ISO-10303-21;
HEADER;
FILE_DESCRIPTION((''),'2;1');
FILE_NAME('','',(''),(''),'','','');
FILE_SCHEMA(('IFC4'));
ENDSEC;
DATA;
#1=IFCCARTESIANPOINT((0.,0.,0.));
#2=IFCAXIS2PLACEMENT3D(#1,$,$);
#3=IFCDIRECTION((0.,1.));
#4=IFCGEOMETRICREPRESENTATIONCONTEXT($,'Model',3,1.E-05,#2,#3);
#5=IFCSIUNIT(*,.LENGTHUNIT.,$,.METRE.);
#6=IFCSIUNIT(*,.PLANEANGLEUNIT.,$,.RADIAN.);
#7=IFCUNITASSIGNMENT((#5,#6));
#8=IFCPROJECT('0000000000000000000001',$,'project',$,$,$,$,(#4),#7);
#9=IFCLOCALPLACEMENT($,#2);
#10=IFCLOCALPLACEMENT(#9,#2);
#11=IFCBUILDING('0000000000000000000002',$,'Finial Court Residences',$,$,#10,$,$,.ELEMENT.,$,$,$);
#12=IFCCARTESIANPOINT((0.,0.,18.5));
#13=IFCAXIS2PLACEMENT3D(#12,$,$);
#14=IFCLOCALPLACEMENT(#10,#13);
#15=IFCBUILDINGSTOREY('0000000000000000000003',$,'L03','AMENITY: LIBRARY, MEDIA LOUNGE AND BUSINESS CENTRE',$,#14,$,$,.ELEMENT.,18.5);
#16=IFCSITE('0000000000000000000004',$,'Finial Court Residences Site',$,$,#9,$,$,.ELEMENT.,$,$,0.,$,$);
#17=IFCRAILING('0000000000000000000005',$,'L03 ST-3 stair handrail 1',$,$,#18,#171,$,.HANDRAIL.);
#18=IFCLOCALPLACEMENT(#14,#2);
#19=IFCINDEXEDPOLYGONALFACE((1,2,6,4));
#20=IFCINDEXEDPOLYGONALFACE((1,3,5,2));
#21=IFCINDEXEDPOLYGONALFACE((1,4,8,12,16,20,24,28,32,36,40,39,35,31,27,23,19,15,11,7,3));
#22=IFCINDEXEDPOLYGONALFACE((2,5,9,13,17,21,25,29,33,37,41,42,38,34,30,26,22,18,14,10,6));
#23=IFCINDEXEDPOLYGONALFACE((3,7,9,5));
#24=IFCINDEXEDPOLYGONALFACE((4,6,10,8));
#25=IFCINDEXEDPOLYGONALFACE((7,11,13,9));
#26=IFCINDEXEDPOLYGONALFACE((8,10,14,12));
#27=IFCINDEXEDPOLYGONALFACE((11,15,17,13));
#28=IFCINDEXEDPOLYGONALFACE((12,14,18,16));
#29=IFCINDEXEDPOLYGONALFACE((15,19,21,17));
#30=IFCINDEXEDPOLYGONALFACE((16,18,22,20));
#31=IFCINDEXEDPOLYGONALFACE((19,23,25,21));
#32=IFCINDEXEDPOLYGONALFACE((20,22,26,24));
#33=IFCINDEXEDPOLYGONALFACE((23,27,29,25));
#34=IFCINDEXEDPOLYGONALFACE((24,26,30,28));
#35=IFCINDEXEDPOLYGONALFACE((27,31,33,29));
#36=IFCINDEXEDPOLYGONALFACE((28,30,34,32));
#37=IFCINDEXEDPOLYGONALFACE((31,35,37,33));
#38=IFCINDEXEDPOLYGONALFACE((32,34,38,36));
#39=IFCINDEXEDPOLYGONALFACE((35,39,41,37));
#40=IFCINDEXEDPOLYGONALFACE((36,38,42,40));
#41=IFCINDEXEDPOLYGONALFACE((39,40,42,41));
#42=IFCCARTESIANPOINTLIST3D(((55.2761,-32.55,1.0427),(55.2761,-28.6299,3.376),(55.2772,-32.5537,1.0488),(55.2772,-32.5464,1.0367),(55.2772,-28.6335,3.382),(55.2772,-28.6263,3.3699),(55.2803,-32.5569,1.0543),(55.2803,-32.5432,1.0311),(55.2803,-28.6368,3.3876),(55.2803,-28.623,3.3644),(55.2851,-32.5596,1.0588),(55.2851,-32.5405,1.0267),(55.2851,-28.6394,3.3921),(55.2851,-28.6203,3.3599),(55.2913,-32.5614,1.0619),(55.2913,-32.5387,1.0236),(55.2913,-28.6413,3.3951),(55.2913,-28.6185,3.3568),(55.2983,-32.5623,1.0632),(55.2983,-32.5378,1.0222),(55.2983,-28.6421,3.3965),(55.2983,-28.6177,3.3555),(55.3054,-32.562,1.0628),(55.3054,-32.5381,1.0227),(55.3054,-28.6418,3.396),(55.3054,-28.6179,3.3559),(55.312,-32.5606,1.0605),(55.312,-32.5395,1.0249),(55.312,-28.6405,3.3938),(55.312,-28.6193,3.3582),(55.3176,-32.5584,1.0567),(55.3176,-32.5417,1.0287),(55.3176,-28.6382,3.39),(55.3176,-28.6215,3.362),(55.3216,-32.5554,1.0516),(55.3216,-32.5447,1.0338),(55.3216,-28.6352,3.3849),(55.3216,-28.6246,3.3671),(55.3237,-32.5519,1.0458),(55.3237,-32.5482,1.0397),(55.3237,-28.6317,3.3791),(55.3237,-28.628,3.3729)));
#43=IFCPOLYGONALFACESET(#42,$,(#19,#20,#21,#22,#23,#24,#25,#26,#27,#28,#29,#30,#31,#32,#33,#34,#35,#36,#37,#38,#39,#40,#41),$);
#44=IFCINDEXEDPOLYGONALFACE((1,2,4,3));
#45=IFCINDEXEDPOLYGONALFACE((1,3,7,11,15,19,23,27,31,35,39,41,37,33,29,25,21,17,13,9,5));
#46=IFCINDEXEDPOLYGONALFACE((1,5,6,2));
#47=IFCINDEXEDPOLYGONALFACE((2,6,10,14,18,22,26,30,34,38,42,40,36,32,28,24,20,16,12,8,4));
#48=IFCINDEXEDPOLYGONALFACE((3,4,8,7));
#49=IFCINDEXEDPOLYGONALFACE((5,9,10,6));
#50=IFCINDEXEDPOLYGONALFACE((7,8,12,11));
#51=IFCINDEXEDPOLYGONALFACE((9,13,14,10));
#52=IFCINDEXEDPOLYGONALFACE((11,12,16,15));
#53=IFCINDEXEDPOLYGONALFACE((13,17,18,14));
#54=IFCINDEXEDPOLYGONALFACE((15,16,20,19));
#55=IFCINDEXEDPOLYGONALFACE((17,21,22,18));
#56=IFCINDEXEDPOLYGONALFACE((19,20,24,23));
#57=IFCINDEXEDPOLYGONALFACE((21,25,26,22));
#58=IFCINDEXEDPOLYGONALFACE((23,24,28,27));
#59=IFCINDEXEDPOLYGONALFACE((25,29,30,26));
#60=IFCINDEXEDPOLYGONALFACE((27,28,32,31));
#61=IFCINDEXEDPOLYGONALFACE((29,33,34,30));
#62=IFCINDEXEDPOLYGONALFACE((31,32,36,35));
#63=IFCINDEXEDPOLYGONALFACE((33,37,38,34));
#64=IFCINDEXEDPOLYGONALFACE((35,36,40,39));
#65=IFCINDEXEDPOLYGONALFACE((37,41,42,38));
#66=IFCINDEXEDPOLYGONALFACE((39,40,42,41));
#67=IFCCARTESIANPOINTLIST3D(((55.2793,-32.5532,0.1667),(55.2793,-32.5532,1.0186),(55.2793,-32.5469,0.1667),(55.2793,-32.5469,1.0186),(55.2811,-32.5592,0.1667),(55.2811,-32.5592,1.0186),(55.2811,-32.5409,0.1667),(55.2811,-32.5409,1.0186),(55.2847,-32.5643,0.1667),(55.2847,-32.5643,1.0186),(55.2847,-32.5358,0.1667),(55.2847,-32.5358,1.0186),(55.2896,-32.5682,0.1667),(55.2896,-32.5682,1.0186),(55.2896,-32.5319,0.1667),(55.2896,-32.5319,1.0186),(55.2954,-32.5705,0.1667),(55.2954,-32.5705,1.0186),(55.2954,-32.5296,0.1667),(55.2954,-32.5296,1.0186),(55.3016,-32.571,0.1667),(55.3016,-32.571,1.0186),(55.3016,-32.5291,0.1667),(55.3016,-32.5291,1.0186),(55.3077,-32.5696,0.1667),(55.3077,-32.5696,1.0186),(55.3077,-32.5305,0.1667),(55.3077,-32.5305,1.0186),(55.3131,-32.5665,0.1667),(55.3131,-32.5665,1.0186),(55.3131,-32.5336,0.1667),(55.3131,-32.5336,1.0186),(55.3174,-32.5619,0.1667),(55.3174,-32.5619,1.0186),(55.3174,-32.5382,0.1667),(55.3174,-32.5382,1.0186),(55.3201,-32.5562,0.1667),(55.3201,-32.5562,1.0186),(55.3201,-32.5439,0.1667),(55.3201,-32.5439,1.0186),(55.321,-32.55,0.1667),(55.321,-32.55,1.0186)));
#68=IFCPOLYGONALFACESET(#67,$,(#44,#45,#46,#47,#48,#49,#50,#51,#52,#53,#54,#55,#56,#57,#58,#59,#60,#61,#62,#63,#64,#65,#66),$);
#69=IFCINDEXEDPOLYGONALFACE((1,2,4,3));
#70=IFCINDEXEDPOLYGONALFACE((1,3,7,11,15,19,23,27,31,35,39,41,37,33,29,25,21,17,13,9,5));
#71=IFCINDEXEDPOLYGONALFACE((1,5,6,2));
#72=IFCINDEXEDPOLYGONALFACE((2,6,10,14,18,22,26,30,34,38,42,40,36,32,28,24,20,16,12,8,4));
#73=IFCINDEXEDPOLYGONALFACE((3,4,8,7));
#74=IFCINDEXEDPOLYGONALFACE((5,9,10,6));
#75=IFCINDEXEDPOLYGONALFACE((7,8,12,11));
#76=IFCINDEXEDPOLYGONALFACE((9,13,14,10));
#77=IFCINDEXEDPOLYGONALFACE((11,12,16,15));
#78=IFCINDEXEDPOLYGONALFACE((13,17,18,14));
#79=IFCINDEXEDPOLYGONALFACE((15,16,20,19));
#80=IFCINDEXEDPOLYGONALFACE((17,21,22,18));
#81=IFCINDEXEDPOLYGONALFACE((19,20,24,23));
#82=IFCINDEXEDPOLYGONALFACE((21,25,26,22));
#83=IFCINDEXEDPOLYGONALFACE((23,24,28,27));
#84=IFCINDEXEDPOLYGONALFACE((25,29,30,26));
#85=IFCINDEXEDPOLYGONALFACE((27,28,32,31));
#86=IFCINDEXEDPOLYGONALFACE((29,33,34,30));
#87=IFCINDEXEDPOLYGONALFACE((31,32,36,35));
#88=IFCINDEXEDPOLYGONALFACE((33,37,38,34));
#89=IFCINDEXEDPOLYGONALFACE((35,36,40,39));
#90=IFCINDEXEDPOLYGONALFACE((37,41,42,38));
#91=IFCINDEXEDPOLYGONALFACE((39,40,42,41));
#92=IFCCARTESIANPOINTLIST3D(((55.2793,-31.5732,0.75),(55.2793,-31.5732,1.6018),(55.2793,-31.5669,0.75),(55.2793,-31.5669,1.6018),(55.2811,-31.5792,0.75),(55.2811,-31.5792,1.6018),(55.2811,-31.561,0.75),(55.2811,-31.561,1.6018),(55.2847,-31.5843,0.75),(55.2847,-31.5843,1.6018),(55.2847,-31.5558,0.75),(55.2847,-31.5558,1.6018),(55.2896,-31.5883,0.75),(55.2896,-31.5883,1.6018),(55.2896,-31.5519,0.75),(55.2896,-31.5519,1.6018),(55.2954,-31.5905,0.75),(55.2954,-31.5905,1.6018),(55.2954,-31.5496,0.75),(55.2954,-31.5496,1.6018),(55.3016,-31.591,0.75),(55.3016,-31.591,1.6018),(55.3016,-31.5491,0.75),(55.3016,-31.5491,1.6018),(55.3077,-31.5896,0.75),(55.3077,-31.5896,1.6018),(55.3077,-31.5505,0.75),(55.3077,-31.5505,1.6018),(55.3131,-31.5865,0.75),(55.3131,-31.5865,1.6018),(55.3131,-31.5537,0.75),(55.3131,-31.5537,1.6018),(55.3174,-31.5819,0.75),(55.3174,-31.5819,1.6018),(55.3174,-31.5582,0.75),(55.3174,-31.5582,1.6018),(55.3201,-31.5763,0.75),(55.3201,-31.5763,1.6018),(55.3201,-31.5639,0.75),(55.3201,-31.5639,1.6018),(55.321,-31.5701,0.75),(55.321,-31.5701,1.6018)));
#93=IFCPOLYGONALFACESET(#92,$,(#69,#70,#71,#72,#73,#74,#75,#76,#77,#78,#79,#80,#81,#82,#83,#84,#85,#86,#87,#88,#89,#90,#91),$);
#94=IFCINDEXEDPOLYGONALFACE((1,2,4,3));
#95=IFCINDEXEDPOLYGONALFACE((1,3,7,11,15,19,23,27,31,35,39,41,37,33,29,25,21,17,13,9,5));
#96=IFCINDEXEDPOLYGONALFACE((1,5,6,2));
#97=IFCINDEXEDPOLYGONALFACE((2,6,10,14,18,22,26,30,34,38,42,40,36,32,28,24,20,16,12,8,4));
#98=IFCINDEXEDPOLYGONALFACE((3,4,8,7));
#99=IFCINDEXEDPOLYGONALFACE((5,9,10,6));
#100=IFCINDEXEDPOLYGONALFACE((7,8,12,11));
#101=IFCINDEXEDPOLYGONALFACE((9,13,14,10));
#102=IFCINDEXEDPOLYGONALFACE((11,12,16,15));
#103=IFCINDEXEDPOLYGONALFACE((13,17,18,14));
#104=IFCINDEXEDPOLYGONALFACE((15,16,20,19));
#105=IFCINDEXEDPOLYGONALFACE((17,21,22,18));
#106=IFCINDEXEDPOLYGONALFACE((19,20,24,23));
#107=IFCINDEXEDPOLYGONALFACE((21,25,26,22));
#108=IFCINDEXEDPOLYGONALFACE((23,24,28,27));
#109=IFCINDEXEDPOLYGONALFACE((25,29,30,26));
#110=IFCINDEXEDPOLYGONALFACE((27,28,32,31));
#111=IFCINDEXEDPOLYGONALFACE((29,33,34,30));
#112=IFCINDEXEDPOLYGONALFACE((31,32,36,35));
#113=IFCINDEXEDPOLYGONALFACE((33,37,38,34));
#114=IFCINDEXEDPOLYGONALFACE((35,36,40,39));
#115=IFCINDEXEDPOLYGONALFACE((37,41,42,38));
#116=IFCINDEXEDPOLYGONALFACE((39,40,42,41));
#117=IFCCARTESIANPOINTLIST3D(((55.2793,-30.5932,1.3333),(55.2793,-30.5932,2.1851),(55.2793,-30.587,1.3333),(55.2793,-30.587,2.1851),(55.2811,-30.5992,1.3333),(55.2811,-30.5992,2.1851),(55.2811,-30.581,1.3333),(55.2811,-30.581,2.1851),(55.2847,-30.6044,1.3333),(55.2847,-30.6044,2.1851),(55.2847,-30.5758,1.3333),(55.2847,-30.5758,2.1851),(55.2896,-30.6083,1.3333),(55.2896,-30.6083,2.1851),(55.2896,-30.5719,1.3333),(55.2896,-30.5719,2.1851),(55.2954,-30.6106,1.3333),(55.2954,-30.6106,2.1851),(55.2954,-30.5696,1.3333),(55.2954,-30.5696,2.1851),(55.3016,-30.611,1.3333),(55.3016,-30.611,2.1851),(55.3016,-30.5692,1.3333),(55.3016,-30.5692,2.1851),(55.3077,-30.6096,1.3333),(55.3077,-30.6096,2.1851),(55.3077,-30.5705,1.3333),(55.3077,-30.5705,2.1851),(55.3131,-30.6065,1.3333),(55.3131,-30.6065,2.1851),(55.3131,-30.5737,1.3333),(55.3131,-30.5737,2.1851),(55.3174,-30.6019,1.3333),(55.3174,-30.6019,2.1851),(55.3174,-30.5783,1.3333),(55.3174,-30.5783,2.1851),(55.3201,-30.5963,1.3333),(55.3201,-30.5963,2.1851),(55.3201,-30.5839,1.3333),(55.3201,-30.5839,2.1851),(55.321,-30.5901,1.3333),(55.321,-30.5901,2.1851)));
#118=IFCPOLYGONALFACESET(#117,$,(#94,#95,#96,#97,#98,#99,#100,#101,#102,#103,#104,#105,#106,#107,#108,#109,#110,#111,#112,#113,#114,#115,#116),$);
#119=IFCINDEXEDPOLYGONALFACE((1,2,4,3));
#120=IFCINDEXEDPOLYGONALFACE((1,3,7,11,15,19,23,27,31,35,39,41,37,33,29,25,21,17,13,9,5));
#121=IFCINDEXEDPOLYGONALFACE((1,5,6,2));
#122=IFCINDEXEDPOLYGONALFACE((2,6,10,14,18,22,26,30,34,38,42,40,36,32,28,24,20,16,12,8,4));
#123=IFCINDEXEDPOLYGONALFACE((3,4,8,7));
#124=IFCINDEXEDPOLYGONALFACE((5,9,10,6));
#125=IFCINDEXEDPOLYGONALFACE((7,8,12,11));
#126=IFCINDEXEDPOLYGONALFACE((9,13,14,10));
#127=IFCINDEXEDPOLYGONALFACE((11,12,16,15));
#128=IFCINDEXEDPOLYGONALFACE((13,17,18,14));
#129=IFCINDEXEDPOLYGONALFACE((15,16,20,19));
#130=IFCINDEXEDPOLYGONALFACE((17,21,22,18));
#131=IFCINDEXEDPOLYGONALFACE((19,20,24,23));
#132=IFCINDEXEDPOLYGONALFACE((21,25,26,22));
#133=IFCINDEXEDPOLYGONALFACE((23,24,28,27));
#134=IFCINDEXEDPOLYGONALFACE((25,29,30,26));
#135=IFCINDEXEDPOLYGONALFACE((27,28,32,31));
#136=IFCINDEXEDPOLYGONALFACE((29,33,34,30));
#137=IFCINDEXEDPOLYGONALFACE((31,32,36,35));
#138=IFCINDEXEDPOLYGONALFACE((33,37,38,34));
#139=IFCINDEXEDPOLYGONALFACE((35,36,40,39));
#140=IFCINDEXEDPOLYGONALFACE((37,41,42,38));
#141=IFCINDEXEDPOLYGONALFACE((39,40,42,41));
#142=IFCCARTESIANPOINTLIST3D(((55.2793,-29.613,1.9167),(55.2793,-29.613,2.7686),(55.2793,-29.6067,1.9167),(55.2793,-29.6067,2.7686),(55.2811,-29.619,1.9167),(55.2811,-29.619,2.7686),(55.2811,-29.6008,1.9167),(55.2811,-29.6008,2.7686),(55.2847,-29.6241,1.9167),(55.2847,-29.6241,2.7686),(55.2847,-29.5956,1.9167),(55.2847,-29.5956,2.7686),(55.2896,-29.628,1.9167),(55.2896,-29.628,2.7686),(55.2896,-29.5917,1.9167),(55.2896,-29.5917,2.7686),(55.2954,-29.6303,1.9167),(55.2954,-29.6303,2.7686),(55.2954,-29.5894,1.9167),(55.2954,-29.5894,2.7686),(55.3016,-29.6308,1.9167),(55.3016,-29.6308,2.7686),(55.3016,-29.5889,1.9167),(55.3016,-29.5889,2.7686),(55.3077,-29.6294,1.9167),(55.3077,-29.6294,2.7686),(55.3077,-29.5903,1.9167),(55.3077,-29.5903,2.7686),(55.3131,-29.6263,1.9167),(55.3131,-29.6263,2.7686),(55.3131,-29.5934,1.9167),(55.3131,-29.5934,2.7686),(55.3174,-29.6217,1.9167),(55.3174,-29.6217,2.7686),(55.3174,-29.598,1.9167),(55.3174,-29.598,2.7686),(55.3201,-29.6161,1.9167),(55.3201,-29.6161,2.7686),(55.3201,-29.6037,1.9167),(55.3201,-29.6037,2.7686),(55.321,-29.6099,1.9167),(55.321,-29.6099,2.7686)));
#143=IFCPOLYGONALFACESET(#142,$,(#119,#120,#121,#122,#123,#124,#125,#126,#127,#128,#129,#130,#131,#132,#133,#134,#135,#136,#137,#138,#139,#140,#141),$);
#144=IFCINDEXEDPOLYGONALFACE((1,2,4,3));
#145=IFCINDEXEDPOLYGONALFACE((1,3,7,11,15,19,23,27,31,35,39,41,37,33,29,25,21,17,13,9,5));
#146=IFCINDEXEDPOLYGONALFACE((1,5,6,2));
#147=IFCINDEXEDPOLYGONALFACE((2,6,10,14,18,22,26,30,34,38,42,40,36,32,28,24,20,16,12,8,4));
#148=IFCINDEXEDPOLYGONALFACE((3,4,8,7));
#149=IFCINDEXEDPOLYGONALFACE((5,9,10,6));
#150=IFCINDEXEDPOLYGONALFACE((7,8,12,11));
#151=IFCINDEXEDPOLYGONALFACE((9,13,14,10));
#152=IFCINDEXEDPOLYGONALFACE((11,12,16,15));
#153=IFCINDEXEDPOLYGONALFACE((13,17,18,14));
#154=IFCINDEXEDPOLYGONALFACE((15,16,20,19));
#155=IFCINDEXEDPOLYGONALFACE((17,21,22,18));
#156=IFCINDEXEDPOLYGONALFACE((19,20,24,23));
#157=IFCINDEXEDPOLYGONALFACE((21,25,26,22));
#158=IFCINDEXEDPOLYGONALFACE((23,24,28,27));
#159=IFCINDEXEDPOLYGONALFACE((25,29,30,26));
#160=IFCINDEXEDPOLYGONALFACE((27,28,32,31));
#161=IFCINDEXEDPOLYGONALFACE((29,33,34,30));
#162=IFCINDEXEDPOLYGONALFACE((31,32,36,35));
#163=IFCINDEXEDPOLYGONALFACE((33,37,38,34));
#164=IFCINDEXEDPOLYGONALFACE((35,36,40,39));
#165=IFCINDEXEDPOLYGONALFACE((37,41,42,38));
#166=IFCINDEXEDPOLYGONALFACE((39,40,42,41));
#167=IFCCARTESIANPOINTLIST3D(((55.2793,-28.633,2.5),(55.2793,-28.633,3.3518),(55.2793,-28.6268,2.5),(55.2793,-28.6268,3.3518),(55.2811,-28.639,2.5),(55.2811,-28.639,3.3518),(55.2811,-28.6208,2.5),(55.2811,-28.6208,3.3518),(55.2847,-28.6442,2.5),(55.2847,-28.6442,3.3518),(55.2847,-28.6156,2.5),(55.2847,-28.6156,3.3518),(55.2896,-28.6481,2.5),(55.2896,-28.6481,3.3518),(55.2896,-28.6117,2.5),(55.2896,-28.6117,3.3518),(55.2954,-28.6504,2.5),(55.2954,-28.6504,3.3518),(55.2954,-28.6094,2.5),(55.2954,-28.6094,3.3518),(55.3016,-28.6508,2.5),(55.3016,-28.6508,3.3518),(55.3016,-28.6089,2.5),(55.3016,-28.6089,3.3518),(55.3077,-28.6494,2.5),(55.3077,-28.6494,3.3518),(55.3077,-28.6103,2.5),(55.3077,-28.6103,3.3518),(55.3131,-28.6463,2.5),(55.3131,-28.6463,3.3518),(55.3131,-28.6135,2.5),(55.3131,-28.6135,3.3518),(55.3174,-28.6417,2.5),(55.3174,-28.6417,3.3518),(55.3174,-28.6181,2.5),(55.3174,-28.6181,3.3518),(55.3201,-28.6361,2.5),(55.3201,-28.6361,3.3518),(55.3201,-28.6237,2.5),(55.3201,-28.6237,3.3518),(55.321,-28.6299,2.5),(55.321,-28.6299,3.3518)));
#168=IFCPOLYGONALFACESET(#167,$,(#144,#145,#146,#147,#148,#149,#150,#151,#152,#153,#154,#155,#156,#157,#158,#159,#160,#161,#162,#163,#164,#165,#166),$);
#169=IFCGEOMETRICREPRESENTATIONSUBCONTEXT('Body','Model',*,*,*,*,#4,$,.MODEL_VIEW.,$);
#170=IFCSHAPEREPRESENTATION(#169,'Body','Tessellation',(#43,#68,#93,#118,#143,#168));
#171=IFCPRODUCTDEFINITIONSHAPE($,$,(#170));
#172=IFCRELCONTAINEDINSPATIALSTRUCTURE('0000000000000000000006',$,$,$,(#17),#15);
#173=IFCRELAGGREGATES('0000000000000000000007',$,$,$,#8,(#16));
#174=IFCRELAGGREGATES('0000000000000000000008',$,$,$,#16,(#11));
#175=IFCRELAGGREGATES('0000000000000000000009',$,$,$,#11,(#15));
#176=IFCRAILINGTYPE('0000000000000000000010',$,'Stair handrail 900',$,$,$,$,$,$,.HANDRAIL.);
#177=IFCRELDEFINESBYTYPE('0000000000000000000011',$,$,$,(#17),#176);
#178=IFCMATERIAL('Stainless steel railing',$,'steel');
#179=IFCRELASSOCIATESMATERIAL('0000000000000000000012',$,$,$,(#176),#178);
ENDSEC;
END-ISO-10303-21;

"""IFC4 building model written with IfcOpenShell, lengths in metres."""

from ifc_helpers import new_model, si_unit, direction, frame, origin, origin_2d, place, context, subcontext, project, spatial, circle, extrude, material, type_object, element, save


model = new_model("IFC4")

# Units and contexts
model_context = context("Model", 3, precision=1e-05, world=origin(), true_north=direction((0.0, 1.0)))
body_context = subcontext(model_context, "Body", "Model", "MODEL_VIEW")
ifc_project = project(units=[si_unit("LENGTHUNIT", "METRE"), si_unit("PLANEANGLEUNIT", "RADIAN")], contexts=[model_context])

# Site, building, storey
site_placement = place(None, origin())
site = spatial("IfcSite", under=ifc_project, at=site_placement, Name="Finial Court Residences Site", CompositionType="ELEMENT", RefElevation=0.0)
building_placement = place(site_placement, origin())
building = spatial("IfcBuilding", under=site, at=building_placement, Name="Finial Court Residences", CompositionType="ELEMENT")
storey_placement = place(building_placement, frame((0.0, 0.0, 18.5)))
storey = spatial("IfcBuildingStorey", under=building, at=storey_placement, Name="L03", Description="AMENITY: LIBRARY, MEDIA LOUNGE AND BUSINESS CENTRE", CompositionType="ELEMENT", Elevation=18.5)

# Railing
ifc_material_1 = material(Name="Stainless steel railing", Category="steel")
railing_type_1 = type_object("IfcRailingType", Name="Stair handrail 900", PredefinedType="HANDRAIL", material=ifc_material_1)
railing_1_placement = place(storey_placement, frame((55.3, -32.55, 0.1667)))
element("IfcRailing", 1, at=railing_1_placement, inside=storey, type_object=railing_type_1, Name="L03 ST-3 stair handrail 1", PredefinedType="HANDRAIL", context=body_context, shape_type="SweptSolid", body=[
    extrude(circle(Radius=0.0239, at=origin_2d()), frame((0.0, 0.0, 0.876), z_axis=(0.0, 0.85931, 0.511455), x_axis=(-1.0, 0.0, 0.0)), (0.0, 0.0, 1.0), 4.562),
    extrude(circle(Radius=0.021, at=origin_2d()), origin(), (0.0, 0.0, 1.0), 0.8518),
    extrude(circle(Radius=0.021, at=origin_2d()), frame((0.0, 0.98, 0.5833)), (0.0, 0.0, 1.0), 0.8518),
    extrude(circle(Radius=0.021, at=origin_2d()), frame((0.0, 1.96, 1.1665)), (0.0, 0.0, 1.0), 0.8518),
    extrude(circle(Radius=0.021, at=origin_2d()), frame((0.0, 2.9402, 1.75)), (0.0, 0.0, 1.0), 0.8518),
    extrude(circle(Radius=0.021, at=origin_2d()), frame((0.0, 3.9202, 2.3333)), (0.0, 0.0, 1.0), 0.8518),
])

save(model, "model.ifc")
